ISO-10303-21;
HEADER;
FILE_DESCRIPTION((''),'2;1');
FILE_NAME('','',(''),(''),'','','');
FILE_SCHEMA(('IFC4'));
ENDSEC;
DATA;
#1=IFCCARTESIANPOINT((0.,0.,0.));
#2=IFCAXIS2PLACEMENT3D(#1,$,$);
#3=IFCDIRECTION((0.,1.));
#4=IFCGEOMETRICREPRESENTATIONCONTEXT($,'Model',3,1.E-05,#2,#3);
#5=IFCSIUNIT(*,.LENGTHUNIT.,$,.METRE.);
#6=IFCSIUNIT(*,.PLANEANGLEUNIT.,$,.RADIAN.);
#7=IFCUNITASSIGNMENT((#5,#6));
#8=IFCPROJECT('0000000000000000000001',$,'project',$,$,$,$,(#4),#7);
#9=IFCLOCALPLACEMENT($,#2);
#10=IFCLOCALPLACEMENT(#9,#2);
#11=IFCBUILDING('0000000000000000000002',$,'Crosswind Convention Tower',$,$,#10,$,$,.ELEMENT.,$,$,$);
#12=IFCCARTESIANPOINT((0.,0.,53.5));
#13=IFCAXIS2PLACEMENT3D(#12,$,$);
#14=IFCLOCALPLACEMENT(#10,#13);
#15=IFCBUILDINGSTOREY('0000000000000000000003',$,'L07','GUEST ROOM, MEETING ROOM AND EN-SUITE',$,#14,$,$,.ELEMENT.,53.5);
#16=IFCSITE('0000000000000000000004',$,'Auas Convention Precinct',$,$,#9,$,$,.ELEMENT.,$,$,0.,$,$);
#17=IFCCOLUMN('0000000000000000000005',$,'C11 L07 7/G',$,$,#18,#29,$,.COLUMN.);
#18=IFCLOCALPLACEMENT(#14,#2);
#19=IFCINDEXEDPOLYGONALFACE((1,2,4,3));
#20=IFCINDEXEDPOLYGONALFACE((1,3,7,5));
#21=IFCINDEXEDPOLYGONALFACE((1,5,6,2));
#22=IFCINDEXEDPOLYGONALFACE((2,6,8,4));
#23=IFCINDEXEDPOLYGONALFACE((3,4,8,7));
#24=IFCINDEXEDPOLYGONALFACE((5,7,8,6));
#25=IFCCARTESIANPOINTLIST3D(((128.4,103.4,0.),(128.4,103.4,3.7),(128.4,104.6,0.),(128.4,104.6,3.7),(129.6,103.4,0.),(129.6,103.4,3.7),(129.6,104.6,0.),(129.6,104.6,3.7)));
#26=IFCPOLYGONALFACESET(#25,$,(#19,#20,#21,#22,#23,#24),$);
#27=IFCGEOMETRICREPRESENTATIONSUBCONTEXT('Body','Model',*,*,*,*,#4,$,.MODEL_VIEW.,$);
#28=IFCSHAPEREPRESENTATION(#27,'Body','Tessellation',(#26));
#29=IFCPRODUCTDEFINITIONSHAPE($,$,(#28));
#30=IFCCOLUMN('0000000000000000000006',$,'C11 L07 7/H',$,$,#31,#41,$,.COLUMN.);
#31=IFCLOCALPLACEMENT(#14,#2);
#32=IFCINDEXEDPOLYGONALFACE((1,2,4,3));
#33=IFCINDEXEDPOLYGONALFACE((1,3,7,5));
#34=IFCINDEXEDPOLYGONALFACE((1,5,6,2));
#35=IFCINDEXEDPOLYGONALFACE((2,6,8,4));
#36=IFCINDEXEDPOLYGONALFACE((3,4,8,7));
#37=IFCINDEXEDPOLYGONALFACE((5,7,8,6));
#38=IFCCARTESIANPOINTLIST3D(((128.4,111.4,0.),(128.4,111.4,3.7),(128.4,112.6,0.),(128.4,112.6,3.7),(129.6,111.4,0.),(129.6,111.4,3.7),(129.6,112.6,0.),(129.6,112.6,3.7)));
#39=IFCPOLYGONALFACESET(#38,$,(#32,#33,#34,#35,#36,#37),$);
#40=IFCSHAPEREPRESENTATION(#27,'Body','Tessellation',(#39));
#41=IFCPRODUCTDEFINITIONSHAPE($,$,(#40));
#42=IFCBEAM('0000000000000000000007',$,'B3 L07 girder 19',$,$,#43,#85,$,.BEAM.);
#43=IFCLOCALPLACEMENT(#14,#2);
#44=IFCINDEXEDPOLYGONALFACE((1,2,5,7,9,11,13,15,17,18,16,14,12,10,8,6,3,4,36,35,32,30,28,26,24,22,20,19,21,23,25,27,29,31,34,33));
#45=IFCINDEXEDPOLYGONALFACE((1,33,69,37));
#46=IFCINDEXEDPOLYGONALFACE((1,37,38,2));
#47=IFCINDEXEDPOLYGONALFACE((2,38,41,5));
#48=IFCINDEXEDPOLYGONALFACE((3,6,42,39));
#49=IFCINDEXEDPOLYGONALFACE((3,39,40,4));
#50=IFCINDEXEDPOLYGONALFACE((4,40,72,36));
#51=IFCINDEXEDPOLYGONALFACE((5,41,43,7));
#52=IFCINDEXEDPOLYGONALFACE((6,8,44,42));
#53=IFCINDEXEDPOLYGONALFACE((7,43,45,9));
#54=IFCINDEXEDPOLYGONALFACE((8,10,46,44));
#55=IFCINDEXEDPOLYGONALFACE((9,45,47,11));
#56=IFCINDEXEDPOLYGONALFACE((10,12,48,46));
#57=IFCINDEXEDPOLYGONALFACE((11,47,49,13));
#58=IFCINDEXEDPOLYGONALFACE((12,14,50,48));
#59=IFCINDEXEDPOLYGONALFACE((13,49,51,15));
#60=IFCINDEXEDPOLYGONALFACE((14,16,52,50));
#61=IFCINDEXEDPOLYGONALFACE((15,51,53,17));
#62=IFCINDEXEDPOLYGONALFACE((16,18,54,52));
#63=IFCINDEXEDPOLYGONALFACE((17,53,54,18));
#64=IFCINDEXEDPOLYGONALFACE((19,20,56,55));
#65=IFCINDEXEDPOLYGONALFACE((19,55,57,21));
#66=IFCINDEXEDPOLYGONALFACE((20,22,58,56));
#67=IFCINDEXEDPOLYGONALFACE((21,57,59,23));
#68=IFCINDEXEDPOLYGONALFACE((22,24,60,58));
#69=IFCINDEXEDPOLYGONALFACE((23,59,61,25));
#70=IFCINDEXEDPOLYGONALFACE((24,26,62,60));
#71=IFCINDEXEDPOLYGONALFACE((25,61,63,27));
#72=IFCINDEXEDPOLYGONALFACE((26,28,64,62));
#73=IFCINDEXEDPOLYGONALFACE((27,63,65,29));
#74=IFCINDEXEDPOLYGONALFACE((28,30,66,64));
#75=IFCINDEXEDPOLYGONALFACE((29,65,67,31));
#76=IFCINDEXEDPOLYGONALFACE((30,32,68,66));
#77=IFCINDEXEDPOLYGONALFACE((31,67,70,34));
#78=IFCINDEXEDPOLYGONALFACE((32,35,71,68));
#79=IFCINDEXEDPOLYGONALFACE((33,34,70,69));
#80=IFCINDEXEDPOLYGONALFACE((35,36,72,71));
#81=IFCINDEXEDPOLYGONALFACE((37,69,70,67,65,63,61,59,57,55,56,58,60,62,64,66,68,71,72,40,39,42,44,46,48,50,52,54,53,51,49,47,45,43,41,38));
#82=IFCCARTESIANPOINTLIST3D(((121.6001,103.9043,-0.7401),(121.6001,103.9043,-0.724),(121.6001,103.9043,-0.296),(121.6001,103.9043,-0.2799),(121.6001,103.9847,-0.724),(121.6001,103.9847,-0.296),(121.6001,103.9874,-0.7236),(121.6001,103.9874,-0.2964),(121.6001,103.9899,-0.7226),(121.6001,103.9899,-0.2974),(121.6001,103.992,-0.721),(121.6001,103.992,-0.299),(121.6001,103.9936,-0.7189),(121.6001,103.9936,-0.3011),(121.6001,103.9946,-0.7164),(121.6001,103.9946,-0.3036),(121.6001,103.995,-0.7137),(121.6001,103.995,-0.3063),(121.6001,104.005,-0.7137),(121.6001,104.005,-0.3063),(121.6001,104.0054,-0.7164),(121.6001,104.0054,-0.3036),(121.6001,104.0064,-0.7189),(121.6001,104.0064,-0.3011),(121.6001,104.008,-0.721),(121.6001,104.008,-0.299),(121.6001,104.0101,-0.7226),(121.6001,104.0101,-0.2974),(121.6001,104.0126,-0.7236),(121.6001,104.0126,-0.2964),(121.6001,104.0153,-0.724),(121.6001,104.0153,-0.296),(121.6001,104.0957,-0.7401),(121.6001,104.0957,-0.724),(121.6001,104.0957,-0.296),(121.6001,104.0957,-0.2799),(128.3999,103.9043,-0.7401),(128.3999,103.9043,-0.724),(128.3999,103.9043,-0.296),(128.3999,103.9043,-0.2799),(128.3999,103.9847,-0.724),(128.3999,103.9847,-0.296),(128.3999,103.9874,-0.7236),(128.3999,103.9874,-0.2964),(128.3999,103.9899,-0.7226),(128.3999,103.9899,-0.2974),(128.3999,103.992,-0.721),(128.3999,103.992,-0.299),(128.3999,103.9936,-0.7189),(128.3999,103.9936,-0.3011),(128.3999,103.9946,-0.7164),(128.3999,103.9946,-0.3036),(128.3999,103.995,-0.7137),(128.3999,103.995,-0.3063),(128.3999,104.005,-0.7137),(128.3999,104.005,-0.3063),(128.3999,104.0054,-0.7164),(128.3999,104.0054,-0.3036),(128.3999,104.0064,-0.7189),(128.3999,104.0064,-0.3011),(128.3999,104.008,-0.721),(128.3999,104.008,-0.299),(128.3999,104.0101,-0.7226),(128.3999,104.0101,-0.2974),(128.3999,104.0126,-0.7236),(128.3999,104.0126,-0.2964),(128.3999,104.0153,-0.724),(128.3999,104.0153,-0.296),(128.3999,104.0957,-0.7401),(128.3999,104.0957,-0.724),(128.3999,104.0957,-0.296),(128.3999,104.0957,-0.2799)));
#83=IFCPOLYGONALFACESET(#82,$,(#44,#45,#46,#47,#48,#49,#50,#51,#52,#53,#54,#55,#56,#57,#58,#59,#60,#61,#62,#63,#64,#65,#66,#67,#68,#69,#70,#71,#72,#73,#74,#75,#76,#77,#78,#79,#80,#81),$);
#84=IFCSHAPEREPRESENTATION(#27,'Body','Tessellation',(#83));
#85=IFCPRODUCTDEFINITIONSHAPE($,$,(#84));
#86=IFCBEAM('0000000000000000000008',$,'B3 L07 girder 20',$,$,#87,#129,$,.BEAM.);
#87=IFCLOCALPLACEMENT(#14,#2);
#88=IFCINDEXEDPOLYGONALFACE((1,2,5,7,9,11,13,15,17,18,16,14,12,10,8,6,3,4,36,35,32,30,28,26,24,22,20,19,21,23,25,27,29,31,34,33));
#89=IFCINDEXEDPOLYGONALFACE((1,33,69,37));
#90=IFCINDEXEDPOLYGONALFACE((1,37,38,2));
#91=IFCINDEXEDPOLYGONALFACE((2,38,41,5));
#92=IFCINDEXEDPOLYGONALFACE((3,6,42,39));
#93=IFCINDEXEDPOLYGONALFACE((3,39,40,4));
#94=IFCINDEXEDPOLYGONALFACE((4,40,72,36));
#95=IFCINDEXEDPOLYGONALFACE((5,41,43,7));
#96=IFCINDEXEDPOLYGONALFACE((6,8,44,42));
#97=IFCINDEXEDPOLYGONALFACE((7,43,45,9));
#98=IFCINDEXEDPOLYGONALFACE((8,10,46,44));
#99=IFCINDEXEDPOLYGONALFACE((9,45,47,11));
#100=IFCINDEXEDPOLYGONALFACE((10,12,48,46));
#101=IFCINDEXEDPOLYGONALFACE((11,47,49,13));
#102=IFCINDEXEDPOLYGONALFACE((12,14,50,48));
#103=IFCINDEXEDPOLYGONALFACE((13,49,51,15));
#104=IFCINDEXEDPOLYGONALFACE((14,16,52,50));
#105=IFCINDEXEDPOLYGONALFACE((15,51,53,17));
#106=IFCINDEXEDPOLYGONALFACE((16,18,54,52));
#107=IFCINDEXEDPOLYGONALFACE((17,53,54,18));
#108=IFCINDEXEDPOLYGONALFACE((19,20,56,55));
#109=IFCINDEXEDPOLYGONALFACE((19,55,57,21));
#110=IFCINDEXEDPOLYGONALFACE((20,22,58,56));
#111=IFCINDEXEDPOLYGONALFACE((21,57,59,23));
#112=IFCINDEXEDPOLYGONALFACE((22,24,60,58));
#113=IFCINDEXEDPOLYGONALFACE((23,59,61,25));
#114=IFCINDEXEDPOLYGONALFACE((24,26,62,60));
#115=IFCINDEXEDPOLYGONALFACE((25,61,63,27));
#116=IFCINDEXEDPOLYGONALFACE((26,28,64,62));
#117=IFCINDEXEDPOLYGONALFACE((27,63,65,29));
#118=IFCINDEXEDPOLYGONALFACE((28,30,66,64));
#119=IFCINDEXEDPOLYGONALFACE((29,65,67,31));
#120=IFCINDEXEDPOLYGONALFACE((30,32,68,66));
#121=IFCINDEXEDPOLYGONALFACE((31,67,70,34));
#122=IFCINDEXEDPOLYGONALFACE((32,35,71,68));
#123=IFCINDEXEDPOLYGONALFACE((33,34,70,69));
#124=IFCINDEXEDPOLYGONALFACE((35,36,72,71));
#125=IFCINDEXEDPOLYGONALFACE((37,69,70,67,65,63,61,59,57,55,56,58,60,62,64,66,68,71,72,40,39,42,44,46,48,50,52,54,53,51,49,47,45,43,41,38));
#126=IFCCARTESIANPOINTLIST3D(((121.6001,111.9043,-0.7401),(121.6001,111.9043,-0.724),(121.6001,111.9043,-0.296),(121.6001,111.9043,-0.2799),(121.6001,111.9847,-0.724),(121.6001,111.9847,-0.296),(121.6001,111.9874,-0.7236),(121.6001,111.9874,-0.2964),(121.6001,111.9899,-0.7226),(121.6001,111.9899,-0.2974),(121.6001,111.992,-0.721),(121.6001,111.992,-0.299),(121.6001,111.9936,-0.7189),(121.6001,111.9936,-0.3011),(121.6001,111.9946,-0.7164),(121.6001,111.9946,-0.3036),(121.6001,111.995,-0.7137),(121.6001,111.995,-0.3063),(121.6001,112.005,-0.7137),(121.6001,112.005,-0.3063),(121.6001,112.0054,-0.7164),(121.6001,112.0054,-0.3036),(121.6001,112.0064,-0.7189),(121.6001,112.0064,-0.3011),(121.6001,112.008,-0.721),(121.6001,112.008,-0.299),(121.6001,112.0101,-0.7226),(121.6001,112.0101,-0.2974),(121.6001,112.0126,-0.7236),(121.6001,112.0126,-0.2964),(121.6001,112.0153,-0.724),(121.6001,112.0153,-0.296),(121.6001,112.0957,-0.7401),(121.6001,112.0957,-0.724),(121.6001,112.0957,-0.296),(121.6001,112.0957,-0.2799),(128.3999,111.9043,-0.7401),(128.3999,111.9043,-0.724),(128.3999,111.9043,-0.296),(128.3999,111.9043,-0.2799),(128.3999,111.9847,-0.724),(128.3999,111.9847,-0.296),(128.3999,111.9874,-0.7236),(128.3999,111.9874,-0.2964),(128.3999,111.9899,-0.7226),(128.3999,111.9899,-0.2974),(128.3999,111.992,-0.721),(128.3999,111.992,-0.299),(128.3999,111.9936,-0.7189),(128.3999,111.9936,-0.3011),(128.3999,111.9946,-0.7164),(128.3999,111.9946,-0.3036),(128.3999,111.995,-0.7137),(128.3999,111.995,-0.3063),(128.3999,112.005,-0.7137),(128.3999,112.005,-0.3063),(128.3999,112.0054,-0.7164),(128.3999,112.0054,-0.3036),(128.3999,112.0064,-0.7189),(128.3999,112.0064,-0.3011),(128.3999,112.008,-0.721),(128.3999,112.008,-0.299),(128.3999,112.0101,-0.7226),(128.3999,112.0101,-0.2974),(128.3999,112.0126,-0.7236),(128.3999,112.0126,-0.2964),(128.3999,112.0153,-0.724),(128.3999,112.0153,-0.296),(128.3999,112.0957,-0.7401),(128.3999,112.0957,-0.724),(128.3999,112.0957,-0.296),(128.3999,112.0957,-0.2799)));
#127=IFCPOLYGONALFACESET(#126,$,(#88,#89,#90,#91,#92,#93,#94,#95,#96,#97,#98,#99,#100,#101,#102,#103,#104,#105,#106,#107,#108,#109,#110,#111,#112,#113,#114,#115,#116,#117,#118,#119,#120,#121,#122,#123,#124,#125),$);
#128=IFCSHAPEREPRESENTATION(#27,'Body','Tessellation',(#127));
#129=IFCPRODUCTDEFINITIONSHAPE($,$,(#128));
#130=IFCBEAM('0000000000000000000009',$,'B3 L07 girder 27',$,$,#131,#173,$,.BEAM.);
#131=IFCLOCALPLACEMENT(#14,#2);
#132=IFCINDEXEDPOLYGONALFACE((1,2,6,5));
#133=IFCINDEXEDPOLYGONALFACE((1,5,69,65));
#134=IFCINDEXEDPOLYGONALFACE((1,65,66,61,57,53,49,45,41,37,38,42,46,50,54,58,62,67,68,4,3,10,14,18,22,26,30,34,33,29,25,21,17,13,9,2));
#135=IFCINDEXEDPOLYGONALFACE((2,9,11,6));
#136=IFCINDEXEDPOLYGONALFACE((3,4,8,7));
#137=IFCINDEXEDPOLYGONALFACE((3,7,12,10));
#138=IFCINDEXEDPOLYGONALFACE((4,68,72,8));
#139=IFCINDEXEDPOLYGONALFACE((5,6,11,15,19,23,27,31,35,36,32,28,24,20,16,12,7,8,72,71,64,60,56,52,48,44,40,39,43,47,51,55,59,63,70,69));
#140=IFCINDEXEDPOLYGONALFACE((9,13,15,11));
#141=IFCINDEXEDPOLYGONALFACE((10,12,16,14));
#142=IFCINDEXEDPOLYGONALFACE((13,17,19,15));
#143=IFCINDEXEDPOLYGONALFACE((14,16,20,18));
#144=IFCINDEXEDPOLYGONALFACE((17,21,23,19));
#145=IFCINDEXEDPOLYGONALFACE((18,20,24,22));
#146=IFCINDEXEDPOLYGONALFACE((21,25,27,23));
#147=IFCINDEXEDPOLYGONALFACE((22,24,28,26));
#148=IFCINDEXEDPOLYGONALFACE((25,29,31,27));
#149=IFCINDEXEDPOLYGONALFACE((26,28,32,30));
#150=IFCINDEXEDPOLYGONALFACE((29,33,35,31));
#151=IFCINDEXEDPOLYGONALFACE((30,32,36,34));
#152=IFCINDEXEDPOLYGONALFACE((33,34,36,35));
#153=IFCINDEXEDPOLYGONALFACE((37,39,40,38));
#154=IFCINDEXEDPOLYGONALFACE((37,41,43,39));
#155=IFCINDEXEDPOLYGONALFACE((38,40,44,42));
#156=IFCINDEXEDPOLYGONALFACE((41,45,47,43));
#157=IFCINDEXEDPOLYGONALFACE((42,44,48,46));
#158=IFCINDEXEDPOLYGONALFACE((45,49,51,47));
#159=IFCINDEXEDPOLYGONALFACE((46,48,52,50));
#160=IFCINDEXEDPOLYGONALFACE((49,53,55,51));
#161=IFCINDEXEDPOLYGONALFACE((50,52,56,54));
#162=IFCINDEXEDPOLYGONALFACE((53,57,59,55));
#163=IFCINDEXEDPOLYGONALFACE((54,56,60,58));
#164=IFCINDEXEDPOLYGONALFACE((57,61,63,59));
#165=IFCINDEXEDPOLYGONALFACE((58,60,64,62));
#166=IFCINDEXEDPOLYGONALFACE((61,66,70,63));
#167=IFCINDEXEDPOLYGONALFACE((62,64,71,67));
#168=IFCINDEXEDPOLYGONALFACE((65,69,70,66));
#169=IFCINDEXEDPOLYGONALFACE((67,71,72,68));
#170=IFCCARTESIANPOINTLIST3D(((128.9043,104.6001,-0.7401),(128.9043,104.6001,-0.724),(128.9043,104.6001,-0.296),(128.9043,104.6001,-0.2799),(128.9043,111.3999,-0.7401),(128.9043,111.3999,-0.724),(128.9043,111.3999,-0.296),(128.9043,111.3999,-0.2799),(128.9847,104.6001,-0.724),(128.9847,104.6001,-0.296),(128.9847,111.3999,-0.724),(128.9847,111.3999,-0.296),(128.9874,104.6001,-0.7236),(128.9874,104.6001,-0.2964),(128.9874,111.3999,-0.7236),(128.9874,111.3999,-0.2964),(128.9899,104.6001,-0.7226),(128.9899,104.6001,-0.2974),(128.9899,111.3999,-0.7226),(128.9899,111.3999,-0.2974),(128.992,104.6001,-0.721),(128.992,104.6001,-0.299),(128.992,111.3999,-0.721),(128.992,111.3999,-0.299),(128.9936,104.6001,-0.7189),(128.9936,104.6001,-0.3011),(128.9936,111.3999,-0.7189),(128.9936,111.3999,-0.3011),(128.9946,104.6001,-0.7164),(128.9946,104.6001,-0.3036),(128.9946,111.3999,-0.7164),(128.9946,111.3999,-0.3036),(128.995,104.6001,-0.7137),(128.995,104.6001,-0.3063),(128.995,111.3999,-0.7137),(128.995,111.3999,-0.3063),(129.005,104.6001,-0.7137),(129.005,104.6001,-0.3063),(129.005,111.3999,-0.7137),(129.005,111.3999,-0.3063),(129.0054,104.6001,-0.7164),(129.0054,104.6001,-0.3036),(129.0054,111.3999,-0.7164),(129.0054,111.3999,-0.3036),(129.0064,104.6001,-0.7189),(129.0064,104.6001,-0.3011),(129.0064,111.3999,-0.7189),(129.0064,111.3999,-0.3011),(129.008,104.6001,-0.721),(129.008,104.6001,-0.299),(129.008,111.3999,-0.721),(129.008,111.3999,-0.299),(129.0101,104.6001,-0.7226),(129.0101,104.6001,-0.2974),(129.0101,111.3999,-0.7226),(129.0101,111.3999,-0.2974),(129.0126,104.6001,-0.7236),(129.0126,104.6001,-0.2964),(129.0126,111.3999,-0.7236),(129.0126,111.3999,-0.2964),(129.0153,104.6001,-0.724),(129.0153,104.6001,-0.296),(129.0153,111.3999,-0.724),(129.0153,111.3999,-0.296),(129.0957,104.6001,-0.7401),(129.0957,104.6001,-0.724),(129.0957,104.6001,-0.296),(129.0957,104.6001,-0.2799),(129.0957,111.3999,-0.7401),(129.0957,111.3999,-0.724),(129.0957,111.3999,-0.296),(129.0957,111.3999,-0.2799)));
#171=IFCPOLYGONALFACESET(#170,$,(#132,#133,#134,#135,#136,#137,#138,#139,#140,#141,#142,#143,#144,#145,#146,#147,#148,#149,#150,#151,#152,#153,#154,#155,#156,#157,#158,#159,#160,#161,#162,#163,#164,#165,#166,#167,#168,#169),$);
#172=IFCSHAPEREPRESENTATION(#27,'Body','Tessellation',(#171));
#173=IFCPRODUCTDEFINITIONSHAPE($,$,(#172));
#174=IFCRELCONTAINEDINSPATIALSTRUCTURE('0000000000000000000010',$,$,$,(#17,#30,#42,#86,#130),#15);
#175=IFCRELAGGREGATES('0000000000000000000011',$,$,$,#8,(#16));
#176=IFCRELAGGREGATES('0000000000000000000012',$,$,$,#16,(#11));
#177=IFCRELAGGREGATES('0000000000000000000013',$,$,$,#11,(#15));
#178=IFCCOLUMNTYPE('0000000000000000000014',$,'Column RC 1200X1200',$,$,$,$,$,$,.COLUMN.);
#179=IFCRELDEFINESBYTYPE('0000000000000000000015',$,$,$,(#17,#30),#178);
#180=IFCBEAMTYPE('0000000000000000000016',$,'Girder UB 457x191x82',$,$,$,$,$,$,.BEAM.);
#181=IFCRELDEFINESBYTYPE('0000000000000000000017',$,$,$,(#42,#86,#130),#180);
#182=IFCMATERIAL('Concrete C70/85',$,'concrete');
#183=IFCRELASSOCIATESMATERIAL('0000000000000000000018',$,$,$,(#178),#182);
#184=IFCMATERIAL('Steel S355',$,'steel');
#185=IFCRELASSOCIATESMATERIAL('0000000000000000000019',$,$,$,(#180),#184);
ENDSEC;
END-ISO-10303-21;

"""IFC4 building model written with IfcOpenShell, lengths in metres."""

from ifc_helpers import new_model, si_unit, direction, frame, origin, origin_2d, place, context, subcontext, project, spatial, rectangle, i_section, extrude, material, material_profile, profile_set, type_object, element, save


model = new_model("IFC4")

# Units and contexts
model_context = context("Model", 3, precision=1e-05, world=origin(), true_north=direction((0.0, 1.0)))
body_context = subcontext(model_context, "Body", "Model", "MODEL_VIEW")
ifc_project = project(units=[si_unit("LENGTHUNIT", "METRE"), si_unit("PLANEANGLEUNIT", "RADIAN")], contexts=[model_context])

# Site, building, storey
site_placement = place(None, origin())
site = spatial("IfcSite", under=ifc_project, at=site_placement, Name="Auas Convention Precinct", CompositionType="ELEMENT", RefElevation=0.0)
building_placement = place(site_placement, origin())
building = spatial("IfcBuilding", under=site, at=building_placement, Name="Crosswind Convention Tower", CompositionType="ELEMENT")
storey_placement = place(building_placement, frame((0.0, 0.0, 53.5)))
storey = spatial("IfcBuildingStorey", under=building, at=storey_placement, Name="L07", Description="GUEST ROOM, MEETING ROOM AND EN-SUITE", CompositionType="ELEMENT", Elevation=53.5)

# Columns
ifc_material_1 = material(Name="Concrete C70/85", Category="concrete")
ifc_material_profile_1 = material_profile(ifc_material_1, rectangle(XDim=1.2, YDim=1.2, at=origin_2d()), Name="RC 1200X1200")
ifc_profile_set_1 = profile_set([ifc_material_profile_1], Name="Concrete C70/85")
column_type = type_object("IfcColumnType", Name="Column RC 1200X1200", PredefinedType="COLUMN", material=ifc_profile_set_1)
for number, where, z_axis, x_axis, name in (
    (1, (129.0, 104.0, 0.0), (0.0, 0.0, 1.0), (1.0, 0.0, 0.0), "C11 L07 7/G"),
    (2, (129.0, 112.0, 0.0), (0.0, 0.0, 1.0), (1.0, 0.0, 0.0), "C11 L07 7/H"),
):
    element("IfcColumn", number, at=place(storey_placement, frame(where, z_axis=z_axis, x_axis=x_axis)), inside=storey, type_object=column_type, Name=name, PredefinedType="COLUMN", context=body_context, shape_type="SweptSolid", body=[
        extrude(rectangle(XDim=1.2, YDim=1.2, at=origin_2d()), origin(), (0.0, 0.0, 1.0), 3.7),
    ])

# Beams
ifc_material_2 = material(Name="Steel S355", Category="steel")
ifc_material_profile_2 = material_profile(ifc_material_2, i_section(OverallWidth=0.1914, OverallDepth=0.4602, WebThickness=0.01, FlangeThickness=0.0161, FilletRadius=0.0103, at=origin_2d()), Name="UB 457x191x82")
ifc_profile_set_2 = profile_set([ifc_material_profile_2], Name="Steel S355")
beam_type_1 = type_object("IfcBeamType", Name="Girder UB 457x191x82", PredefinedType="BEAM", material=ifc_profile_set_2)
for number, where, z_axis, x_axis, name in (
    (3, (121.6001, 104.0, -0.51), (1.0, 0.0, 0.0), (0.0, 1.0, 0.0), "B3 L07 girder 19"),
    (4, (121.6001, 112.0, -0.51), (1.0, 0.0, 0.0), (0.0, 1.0, 0.0), "B3 L07 girder 20"),
    (5, (129.0, 104.6001, -0.51), (0.0, 1.0, 0.0), (-1.0, 0.0, 0.0), "B3 L07 girder 27"),
):
    element("IfcBeam", number, at=place(storey_placement, frame(where, z_axis=z_axis, x_axis=x_axis)), inside=storey, type_object=beam_type_1, Name=name, PredefinedType="BEAM", context=body_context, shape_type="SweptSolid", body=[
        extrude(i_section(OverallWidth=0.1914, OverallDepth=0.4602, WebThickness=0.01, FlangeThickness=0.0161, FilletRadius=0.0103, at=origin_2d()), origin(), (0.0, 0.0, 1.0), 6.7998),
    ])

save(model, "model.ifc")
